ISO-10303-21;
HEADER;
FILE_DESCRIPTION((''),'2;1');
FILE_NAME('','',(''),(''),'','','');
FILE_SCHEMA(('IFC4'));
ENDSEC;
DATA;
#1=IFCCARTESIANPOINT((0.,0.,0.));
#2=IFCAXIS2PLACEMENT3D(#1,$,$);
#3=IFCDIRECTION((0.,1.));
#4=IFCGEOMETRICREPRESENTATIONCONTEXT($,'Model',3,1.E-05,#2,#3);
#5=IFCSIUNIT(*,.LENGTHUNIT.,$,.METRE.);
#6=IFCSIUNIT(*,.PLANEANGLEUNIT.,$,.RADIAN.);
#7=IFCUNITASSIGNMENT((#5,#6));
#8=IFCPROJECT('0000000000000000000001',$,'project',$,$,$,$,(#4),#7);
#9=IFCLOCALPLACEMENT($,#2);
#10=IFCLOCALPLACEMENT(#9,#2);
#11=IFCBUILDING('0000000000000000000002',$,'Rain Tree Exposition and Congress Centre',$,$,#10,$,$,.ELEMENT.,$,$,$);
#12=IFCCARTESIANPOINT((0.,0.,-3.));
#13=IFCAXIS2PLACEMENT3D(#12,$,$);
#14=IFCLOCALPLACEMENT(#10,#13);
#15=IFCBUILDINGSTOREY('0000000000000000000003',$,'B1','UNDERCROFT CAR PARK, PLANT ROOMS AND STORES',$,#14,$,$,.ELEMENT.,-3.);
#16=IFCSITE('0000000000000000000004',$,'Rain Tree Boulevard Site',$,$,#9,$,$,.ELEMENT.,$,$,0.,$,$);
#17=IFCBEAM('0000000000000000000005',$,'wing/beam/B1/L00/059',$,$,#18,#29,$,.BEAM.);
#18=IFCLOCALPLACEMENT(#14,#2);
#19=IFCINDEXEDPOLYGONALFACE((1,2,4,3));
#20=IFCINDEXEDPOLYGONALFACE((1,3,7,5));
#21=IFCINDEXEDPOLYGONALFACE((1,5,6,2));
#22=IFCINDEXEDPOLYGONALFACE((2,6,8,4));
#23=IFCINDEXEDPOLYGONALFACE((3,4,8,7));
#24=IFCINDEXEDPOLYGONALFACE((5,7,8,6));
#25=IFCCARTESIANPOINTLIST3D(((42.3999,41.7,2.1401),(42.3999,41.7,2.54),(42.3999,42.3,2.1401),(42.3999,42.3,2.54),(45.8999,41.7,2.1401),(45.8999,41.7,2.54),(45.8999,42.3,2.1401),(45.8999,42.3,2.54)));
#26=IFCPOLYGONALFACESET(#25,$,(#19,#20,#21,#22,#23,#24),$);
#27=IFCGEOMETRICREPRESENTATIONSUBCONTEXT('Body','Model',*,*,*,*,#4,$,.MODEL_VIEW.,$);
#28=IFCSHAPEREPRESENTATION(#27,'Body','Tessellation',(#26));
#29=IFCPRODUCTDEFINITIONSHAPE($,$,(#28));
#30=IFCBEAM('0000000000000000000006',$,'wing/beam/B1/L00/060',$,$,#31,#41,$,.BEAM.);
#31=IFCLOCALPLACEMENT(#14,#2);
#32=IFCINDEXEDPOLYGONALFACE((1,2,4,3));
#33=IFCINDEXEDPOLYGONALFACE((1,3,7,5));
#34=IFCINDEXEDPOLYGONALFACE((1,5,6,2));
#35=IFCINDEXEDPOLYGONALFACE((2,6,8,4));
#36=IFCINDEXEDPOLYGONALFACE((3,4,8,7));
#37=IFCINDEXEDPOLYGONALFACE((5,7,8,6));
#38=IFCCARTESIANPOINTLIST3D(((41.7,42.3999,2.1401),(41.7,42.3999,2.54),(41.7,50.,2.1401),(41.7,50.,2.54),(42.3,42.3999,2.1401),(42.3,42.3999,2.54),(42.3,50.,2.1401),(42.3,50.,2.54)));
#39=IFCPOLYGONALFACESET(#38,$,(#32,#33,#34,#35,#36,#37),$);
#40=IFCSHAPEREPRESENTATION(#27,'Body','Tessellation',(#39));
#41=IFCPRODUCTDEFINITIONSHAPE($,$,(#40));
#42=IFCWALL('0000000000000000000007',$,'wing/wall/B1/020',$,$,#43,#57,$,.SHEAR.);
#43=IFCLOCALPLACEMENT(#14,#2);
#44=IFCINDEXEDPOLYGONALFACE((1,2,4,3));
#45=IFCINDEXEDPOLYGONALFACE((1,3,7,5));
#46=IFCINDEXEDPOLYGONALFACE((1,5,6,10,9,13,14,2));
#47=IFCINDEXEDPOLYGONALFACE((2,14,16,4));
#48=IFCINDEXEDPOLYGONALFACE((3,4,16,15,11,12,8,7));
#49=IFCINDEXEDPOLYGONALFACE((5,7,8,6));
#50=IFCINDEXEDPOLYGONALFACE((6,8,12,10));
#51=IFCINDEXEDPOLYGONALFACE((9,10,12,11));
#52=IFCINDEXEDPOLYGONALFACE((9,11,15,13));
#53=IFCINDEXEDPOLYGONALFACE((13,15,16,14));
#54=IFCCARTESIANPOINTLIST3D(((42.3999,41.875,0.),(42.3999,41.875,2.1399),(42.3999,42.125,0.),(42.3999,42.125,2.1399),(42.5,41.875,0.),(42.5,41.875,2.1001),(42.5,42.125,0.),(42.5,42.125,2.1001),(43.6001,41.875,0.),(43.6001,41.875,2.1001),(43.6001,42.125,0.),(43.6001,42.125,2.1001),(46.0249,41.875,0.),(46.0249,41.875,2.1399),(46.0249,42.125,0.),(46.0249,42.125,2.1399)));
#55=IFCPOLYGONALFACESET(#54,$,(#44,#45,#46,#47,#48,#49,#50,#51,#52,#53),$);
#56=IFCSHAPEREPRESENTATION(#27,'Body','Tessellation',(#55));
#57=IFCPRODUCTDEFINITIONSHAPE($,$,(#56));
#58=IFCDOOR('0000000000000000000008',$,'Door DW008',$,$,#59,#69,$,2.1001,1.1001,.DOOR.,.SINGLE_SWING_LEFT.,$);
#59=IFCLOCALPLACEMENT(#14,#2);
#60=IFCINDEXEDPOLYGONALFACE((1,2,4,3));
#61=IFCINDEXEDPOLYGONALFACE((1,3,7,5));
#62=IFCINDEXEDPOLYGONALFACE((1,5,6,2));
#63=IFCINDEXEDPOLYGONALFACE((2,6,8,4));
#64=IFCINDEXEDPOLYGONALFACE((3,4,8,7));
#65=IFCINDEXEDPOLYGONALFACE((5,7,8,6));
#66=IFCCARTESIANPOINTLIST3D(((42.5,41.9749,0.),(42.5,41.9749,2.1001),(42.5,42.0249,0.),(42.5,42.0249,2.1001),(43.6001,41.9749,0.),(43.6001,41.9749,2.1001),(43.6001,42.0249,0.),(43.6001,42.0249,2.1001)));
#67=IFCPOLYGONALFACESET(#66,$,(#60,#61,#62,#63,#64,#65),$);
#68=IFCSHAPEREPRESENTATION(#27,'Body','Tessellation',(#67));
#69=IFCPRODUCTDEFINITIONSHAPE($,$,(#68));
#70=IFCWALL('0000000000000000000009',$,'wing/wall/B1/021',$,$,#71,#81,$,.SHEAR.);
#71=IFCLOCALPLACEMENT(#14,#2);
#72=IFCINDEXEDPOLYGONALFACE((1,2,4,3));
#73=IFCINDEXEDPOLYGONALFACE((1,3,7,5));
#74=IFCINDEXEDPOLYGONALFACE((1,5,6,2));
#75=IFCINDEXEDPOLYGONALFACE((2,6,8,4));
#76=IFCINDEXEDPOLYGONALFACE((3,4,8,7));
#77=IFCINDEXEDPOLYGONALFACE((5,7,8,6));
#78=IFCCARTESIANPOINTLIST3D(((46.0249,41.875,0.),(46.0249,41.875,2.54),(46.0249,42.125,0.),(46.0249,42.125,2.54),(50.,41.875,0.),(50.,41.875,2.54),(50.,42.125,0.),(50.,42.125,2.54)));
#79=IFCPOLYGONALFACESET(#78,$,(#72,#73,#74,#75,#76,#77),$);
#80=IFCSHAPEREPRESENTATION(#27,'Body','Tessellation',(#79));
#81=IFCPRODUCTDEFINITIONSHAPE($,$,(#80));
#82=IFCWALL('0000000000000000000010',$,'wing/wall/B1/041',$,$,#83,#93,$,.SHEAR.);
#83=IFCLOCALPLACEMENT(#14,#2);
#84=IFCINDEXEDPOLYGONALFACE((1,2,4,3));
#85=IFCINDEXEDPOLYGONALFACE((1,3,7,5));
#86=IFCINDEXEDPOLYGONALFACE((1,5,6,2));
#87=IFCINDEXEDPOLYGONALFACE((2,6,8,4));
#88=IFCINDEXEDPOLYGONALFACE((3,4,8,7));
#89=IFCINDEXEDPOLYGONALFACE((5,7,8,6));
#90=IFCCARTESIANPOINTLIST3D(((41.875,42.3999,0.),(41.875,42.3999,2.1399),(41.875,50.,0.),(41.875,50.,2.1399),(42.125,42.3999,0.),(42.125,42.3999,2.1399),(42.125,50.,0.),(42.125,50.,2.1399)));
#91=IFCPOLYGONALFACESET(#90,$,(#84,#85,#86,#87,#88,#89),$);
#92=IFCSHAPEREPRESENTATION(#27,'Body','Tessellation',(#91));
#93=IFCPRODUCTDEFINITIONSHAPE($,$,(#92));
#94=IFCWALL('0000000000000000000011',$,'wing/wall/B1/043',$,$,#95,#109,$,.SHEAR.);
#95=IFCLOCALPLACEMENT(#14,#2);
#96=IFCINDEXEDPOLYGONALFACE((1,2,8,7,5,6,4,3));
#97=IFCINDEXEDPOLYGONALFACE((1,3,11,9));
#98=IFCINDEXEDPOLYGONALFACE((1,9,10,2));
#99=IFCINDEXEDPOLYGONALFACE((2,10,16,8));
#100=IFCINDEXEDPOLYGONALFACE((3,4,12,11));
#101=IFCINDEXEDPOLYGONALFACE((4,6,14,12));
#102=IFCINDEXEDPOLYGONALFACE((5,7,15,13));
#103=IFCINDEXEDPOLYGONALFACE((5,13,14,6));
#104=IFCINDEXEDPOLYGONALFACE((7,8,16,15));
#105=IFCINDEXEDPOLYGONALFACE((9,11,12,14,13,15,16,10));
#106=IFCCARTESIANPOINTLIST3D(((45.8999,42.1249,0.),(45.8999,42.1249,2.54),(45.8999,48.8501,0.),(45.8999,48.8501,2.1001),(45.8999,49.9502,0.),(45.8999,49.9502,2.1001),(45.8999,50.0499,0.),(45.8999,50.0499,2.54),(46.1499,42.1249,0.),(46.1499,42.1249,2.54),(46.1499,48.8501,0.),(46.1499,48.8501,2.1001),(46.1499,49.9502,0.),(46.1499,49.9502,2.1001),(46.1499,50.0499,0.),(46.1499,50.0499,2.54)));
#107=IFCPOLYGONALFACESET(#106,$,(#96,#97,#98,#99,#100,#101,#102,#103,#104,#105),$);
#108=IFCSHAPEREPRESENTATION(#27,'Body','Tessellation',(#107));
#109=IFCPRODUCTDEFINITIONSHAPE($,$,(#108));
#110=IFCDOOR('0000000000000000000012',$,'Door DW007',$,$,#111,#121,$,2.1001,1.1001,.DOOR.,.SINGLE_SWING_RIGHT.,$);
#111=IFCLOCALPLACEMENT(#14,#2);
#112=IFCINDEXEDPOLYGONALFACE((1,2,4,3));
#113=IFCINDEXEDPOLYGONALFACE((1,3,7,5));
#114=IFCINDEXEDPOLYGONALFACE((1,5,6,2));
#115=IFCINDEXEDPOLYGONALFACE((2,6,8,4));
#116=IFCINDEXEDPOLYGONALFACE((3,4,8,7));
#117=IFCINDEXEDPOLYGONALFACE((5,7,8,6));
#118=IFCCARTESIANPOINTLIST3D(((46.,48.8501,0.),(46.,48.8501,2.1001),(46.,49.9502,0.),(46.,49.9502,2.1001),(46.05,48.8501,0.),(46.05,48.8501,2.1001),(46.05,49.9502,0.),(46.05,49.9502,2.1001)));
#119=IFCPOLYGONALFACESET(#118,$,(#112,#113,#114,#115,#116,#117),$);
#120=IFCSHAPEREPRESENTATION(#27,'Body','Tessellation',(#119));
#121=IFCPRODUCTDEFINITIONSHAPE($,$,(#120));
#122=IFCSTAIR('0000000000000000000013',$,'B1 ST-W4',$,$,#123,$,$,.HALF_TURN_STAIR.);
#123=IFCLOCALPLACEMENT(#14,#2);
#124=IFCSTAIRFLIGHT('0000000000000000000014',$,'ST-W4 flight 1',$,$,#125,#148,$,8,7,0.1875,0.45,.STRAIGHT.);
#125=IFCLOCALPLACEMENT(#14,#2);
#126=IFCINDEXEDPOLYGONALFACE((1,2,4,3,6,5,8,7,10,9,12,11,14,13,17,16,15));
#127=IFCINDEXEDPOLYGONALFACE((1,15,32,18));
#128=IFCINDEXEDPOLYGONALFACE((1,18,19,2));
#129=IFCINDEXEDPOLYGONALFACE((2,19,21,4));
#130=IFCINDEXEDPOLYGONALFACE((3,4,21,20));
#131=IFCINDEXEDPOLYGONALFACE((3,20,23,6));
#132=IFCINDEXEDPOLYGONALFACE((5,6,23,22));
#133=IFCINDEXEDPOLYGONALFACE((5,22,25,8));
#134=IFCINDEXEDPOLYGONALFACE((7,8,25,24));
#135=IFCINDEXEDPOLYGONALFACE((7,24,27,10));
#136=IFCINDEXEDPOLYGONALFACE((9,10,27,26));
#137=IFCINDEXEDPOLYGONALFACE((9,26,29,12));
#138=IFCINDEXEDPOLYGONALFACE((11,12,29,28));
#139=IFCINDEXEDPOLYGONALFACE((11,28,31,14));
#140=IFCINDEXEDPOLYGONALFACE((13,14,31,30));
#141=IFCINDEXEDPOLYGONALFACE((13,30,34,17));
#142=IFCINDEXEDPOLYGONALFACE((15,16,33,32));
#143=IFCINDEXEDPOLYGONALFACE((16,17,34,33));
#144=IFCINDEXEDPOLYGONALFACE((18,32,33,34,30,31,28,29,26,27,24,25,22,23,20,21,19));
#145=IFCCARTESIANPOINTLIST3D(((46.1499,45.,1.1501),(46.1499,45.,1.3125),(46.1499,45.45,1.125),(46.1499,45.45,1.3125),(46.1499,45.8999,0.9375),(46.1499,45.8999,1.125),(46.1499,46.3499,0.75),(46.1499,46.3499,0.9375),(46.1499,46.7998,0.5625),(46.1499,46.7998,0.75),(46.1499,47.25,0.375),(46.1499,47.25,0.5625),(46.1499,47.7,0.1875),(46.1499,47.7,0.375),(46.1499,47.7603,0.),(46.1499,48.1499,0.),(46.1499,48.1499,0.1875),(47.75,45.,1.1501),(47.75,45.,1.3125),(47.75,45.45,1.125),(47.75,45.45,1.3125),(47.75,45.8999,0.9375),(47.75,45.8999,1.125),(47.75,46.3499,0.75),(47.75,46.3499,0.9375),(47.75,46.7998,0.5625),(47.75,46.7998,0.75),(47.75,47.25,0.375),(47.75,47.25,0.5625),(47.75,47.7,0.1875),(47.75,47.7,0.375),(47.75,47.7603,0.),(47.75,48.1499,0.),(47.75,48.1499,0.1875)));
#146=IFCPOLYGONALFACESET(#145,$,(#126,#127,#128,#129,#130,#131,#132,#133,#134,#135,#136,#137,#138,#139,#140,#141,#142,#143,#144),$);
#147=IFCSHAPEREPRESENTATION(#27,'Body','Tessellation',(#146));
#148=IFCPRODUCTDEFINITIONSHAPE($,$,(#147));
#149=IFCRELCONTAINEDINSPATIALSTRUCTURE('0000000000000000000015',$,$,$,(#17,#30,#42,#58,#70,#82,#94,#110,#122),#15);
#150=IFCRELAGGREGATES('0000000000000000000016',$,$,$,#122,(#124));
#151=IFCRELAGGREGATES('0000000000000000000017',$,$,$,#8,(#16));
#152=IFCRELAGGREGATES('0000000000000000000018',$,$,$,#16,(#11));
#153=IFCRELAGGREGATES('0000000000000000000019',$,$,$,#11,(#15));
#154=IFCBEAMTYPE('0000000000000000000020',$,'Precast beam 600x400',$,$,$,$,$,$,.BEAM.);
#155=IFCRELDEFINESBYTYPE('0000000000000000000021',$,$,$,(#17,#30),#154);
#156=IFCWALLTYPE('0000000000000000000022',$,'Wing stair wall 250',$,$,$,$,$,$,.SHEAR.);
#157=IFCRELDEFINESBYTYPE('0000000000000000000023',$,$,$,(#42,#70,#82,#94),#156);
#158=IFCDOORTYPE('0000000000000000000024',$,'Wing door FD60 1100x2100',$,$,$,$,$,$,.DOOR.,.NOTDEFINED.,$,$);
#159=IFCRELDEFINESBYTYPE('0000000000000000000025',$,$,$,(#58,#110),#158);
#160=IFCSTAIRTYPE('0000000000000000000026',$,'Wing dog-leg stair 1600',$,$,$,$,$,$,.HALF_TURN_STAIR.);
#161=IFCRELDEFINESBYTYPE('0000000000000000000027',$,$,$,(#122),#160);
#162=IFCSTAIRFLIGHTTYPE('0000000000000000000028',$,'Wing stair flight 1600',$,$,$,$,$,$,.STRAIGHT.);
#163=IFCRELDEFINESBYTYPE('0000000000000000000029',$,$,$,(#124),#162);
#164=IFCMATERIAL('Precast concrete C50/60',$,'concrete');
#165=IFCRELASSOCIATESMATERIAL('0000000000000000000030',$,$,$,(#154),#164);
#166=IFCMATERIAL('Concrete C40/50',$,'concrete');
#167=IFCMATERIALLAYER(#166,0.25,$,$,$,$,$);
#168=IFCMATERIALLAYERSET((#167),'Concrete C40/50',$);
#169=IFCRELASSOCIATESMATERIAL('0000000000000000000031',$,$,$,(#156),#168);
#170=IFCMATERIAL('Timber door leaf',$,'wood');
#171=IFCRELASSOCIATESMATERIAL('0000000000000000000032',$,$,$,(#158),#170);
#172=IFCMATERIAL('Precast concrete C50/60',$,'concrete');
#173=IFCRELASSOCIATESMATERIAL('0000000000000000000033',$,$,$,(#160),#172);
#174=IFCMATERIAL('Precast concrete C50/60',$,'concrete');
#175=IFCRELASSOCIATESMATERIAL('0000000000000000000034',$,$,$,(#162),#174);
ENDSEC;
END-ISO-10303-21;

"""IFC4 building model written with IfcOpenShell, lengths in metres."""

from ifc_helpers import new_model, si_unit, direction, frame, frame_2d, origin, origin_2d, place, context, subcontext, project, spatial, polyline, rectangle, outline, extrude, material, layer, layer_set, material_profile, profile_set, type_object, element, fill, aggregate, save


model = new_model("IFC4")

# Units and contexts
model_context = context("Model", 3, precision=1e-05, world=origin(), true_north=direction((0.0, 1.0)))
body_context = subcontext(model_context, "Body", "Model", "MODEL_VIEW")
ifc_project = project(units=[si_unit("LENGTHUNIT", "METRE"), si_unit("PLANEANGLEUNIT", "RADIAN")], contexts=[model_context])

# Site, building, storey
site_placement = place(None, origin())
site = spatial("IfcSite", under=ifc_project, at=site_placement, Name="Rain Tree Boulevard Site", CompositionType="ELEMENT", RefElevation=0.0)
building_placement = place(site_placement, origin())
building = spatial("IfcBuilding", under=site, at=building_placement, Name="Rain Tree Exposition and Congress Centre", CompositionType="ELEMENT")
storey_placement = place(building_placement, frame((0.0, 0.0, -3.0)))
storey = spatial("IfcBuildingStorey", under=building, at=storey_placement, Name="B1", Description="UNDERCROFT CAR PARK, PLANT ROOMS AND STORES", CompositionType="ELEMENT", Elevation=-3.0)

# Beams
ifc_material_1 = material(Name="Precast concrete C50/60", Category="concrete")
ifc_material_profile_1 = material_profile(ifc_material_1, rectangle(XDim=0.6001, YDim=0.3999, at=origin_2d()), Name="RC 600x400")
ifc_profile_set_1 = profile_set([ifc_material_profile_1], Name="Precast concrete C50/60")
beam_type = type_object("IfcBeamType", Name="Precast beam 600x400", PredefinedType="BEAM", material=ifc_profile_set_1)
beam_1_placement = place(storey_placement, frame((42.3999, 42.0, 2.3401), z_axis=(1.0, 0.0, 0.0), x_axis=(0.0, 1.0, 0.0)))
element("IfcBeam", 1, at=beam_1_placement, inside=storey, type_object=beam_type, Name="wing/beam/B1/L00/059", PredefinedType="BEAM", context=body_context, shape_type="SweptSolid", body=[
    extrude(rectangle(XDim=0.6001, YDim=0.3999, at=origin_2d()), origin(), (0.0, 0.0, 1.0), 3.5),
])
beam_2_placement = place(storey_placement, frame((42.0, 42.3999, 2.3401), z_axis=(0.0, 1.0, 0.0), x_axis=(-1.0, 0.0, 0.0)))
element("IfcBeam", 2, at=beam_2_placement, inside=storey, type_object=beam_type, Name="wing/beam/B1/L00/060", PredefinedType="BEAM", context=body_context, shape_type="SweptSolid", body=[
    extrude(rectangle(XDim=0.6001, YDim=0.3999, at=origin_2d()), origin(), (0.0, 0.0, 1.0), 7.6001),
])

# Wall, opening, door
ifc_material_2 = material(Name="Concrete C40/50", Category="concrete")
ifc_layer = layer(ifc_material_2, 0.25)
ifc_layer_set = layer_set([ifc_layer], Name="Concrete C40/50")
wall_type = type_object("IfcWallType", Name="Wing stair wall 250", PredefinedType="SHEAR", material=ifc_layer_set)
wall_1_placement = place(storey_placement, frame((42.3999, 42.0, 0.0), z_axis=(0.0, 0.0, 1.0), x_axis=(1.0, 0.0, 0.0)))
wall_1 = element("IfcWall", 3, at=wall_1_placement, inside=storey, type_object=wall_type, Name="wing/wall/B1/020", PredefinedType="SHEAR", context=body_context, shape_type="SweptSolid", body=[
    extrude(rectangle(XDim=3.625, YDim=0.25, at=frame_2d((1.8125, 0.0))), origin(), (0.0, 0.0, 1.0), 2.1399),
])
opening_1_placement = place(wall_1_placement, frame((0.1001, 0.0, 0.0)))
opening_1 = element("IfcOpeningElement", 4, at=opening_1_placement, cuts=wall_1, PredefinedType="OPENING", context=body_context, shape_type="SweptSolid", body=[
    extrude(rectangle(XDim=1.1001, YDim=2.1001, at=frame_2d((0.55, 1.05))), frame((0.0, 0.125, 0.0), z_axis=(0.0, -1.0, 0.0), x_axis=(1.0, 0.0, 0.0)), (0.0, 0.0, 1.0), 0.25),
])
ifc_material_3 = material(Name="Timber door leaf", Category="wood")
door_type = type_object("IfcDoorType", Name="Wing door FD60 1100x2100", OperationType="NOTDEFINED", PredefinedType="DOOR", material=ifc_material_3)
door_1_placement = place(opening_1_placement, origin())
door_1 = element("IfcDoor", 5, at=door_1_placement, inside=storey, type_object=door_type, Name="Door DW008", OperationType="SINGLE_SWING_LEFT", OverallHeight=2.1001, OverallWidth=1.1001, PredefinedType="DOOR", context=body_context, shape_type="SweptSolid", body=[
    extrude(rectangle(XDim=1.1001, YDim=2.1001, at=frame_2d((0.55, 1.05))), frame((0.0, 0.0249, 0.0), z_axis=(0.0, -1.0, 0.0), x_axis=(1.0, 0.0, 0.0)), (0.0, 0.0, 1.0), 0.05),
])
fill(opening_1, door_1)

# Walls
wall_2_placement = place(storey_placement, frame((46.0249, 42.0, 0.0), z_axis=(0.0, 0.0, 1.0), x_axis=(1.0, 0.0, 0.0)))
element("IfcWall", 6, at=wall_2_placement, inside=storey, type_object=wall_type, Name="wing/wall/B1/021", PredefinedType="SHEAR", context=body_context, shape_type="SweptSolid", body=[
    extrude(rectangle(XDim=3.9751, YDim=0.25, at=frame_2d((1.9875, 0.0))), origin(), (0.0, 0.0, 1.0), 2.54),
])
wall_3_placement = place(storey_placement, frame((42.0, 42.3999, 0.0), z_axis=(0.0, 0.0, 1.0), x_axis=(0.0, 1.0, 0.0)))
element("IfcWall", 7, at=wall_3_placement, inside=storey, type_object=wall_type, Name="wing/wall/B1/041", PredefinedType="SHEAR", context=body_context, shape_type="SweptSolid", body=[
    extrude(rectangle(XDim=7.6001, YDim=0.25, at=frame_2d((3.8, 0.0))), origin(), (0.0, 0.0, 1.0), 2.1399),
])

# Wall, opening, door
wall_4_placement = place(storey_placement, frame((46.0249, 42.125, 0.0), z_axis=(0.0, 0.0, 1.0), x_axis=(0.0, 1.0, 0.0)))
wall_4 = element("IfcWall", 8, at=wall_4_placement, inside=storey, type_object=wall_type, Name="wing/wall/B1/043", PredefinedType="SHEAR", context=body_context, shape_type="SweptSolid", body=[
    extrude(rectangle(XDim=7.925, YDim=0.25, at=frame_2d((3.9624, 0.0))), origin(), (0.0, 0.0, 1.0), 2.54),
])
opening_2_placement = place(wall_4_placement, frame((6.7251, 0.0, 0.0)))
opening_2 = element("IfcOpeningElement", 9, at=opening_2_placement, cuts=wall_4, PredefinedType="OPENING", context=body_context, shape_type="SweptSolid", body=[
    extrude(rectangle(XDim=1.1001, YDim=2.1001, at=frame_2d((0.55, 1.05))), frame((0.0, 0.125, 0.0), z_axis=(0.0, -1.0, 0.0), x_axis=(1.0, 0.0, 0.0)), (0.0, 0.0, 1.0), 0.25),
])
door_2_placement = place(opening_2_placement, origin())
door_2 = element("IfcDoor", 10, at=door_2_placement, inside=storey, type_object=door_type, Name="Door DW007", OperationType="SINGLE_SWING_RIGHT", OverallHeight=2.1001, OverallWidth=1.1001, PredefinedType="DOOR", context=body_context, shape_type="SweptSolid", body=[
    extrude(rectangle(XDim=1.1001, YDim=2.1001, at=frame_2d((0.55, 1.05))), frame((0.0, 0.0249, 0.0), z_axis=(0.0, -1.0, 0.0), x_axis=(1.0, 0.0, 0.0)), (0.0, 0.0, 1.0), 0.05),
])
fill(opening_2, door_2)

# Stair, stair flight
ifc_material_4 = material(Name="Precast concrete C50/60", Category="concrete")
stair_type = type_object("IfcStairType", Name="Wing dog-leg stair 1600", PredefinedType="HALF_TURN_STAIR", material=ifc_material_4)
stair_placement = place(storey_placement, origin())
stair = element("IfcStair", 11, at=stair_placement, inside=storey, type_object=stair_type, Name="B1 ST-W4", PredefinedType="HALF_TURN_STAIR")
ifc_material_5 = material(Name="Precast concrete C50/60", Category="concrete")
stair_flight_type = type_object("IfcStairFlightType", Name="Wing stair flight 1600", PredefinedType="STRAIGHT", material=ifc_material_5)
stair_flight_placement = place(storey_placement, frame((46.95, 48.1499, 0.0), z_axis=(0.0, 0.0, 1.0), x_axis=(0.0, -1.0, 0.0)))
stair_flight = element("IfcStairFlight", 12, at=stair_flight_placement, type_object=stair_flight_type, Name="ST-W4 flight 1", NumberOfRisers=8, NumberOfTreads=7, PredefinedType="STRAIGHT", RiserHeight=0.1875, TreadLength=0.45, context=body_context, shape_type="SweptSolid", body=[
    extrude(outline(polyline([(0.0, 0.0), (0.0, 0.1875), (0.45, 0.1875), (0.45, 0.375), (0.8999, 0.375), (0.8999, 0.5625), (1.3501, 0.5625), (1.3501, 0.75), (1.8, 0.75), (1.8, 0.9375), (2.25, 0.9375), (2.25, 1.125), (2.7, 1.125), (2.7, 1.3125), (3.1499, 1.3125), (3.1499, 1.5), (3.1499, 1.1501), (0.3896, 0.0), (0.0, 0.0)])), frame((0.0, 0.8, 0.0), z_axis=(0.0, -1.0, 0.0), x_axis=(1.0, 0.0, 0.0)), (0.0, 0.0, 1.0), 1.6001),
])
aggregate(stair, [stair_flight])

save(model, "model.ifc")
